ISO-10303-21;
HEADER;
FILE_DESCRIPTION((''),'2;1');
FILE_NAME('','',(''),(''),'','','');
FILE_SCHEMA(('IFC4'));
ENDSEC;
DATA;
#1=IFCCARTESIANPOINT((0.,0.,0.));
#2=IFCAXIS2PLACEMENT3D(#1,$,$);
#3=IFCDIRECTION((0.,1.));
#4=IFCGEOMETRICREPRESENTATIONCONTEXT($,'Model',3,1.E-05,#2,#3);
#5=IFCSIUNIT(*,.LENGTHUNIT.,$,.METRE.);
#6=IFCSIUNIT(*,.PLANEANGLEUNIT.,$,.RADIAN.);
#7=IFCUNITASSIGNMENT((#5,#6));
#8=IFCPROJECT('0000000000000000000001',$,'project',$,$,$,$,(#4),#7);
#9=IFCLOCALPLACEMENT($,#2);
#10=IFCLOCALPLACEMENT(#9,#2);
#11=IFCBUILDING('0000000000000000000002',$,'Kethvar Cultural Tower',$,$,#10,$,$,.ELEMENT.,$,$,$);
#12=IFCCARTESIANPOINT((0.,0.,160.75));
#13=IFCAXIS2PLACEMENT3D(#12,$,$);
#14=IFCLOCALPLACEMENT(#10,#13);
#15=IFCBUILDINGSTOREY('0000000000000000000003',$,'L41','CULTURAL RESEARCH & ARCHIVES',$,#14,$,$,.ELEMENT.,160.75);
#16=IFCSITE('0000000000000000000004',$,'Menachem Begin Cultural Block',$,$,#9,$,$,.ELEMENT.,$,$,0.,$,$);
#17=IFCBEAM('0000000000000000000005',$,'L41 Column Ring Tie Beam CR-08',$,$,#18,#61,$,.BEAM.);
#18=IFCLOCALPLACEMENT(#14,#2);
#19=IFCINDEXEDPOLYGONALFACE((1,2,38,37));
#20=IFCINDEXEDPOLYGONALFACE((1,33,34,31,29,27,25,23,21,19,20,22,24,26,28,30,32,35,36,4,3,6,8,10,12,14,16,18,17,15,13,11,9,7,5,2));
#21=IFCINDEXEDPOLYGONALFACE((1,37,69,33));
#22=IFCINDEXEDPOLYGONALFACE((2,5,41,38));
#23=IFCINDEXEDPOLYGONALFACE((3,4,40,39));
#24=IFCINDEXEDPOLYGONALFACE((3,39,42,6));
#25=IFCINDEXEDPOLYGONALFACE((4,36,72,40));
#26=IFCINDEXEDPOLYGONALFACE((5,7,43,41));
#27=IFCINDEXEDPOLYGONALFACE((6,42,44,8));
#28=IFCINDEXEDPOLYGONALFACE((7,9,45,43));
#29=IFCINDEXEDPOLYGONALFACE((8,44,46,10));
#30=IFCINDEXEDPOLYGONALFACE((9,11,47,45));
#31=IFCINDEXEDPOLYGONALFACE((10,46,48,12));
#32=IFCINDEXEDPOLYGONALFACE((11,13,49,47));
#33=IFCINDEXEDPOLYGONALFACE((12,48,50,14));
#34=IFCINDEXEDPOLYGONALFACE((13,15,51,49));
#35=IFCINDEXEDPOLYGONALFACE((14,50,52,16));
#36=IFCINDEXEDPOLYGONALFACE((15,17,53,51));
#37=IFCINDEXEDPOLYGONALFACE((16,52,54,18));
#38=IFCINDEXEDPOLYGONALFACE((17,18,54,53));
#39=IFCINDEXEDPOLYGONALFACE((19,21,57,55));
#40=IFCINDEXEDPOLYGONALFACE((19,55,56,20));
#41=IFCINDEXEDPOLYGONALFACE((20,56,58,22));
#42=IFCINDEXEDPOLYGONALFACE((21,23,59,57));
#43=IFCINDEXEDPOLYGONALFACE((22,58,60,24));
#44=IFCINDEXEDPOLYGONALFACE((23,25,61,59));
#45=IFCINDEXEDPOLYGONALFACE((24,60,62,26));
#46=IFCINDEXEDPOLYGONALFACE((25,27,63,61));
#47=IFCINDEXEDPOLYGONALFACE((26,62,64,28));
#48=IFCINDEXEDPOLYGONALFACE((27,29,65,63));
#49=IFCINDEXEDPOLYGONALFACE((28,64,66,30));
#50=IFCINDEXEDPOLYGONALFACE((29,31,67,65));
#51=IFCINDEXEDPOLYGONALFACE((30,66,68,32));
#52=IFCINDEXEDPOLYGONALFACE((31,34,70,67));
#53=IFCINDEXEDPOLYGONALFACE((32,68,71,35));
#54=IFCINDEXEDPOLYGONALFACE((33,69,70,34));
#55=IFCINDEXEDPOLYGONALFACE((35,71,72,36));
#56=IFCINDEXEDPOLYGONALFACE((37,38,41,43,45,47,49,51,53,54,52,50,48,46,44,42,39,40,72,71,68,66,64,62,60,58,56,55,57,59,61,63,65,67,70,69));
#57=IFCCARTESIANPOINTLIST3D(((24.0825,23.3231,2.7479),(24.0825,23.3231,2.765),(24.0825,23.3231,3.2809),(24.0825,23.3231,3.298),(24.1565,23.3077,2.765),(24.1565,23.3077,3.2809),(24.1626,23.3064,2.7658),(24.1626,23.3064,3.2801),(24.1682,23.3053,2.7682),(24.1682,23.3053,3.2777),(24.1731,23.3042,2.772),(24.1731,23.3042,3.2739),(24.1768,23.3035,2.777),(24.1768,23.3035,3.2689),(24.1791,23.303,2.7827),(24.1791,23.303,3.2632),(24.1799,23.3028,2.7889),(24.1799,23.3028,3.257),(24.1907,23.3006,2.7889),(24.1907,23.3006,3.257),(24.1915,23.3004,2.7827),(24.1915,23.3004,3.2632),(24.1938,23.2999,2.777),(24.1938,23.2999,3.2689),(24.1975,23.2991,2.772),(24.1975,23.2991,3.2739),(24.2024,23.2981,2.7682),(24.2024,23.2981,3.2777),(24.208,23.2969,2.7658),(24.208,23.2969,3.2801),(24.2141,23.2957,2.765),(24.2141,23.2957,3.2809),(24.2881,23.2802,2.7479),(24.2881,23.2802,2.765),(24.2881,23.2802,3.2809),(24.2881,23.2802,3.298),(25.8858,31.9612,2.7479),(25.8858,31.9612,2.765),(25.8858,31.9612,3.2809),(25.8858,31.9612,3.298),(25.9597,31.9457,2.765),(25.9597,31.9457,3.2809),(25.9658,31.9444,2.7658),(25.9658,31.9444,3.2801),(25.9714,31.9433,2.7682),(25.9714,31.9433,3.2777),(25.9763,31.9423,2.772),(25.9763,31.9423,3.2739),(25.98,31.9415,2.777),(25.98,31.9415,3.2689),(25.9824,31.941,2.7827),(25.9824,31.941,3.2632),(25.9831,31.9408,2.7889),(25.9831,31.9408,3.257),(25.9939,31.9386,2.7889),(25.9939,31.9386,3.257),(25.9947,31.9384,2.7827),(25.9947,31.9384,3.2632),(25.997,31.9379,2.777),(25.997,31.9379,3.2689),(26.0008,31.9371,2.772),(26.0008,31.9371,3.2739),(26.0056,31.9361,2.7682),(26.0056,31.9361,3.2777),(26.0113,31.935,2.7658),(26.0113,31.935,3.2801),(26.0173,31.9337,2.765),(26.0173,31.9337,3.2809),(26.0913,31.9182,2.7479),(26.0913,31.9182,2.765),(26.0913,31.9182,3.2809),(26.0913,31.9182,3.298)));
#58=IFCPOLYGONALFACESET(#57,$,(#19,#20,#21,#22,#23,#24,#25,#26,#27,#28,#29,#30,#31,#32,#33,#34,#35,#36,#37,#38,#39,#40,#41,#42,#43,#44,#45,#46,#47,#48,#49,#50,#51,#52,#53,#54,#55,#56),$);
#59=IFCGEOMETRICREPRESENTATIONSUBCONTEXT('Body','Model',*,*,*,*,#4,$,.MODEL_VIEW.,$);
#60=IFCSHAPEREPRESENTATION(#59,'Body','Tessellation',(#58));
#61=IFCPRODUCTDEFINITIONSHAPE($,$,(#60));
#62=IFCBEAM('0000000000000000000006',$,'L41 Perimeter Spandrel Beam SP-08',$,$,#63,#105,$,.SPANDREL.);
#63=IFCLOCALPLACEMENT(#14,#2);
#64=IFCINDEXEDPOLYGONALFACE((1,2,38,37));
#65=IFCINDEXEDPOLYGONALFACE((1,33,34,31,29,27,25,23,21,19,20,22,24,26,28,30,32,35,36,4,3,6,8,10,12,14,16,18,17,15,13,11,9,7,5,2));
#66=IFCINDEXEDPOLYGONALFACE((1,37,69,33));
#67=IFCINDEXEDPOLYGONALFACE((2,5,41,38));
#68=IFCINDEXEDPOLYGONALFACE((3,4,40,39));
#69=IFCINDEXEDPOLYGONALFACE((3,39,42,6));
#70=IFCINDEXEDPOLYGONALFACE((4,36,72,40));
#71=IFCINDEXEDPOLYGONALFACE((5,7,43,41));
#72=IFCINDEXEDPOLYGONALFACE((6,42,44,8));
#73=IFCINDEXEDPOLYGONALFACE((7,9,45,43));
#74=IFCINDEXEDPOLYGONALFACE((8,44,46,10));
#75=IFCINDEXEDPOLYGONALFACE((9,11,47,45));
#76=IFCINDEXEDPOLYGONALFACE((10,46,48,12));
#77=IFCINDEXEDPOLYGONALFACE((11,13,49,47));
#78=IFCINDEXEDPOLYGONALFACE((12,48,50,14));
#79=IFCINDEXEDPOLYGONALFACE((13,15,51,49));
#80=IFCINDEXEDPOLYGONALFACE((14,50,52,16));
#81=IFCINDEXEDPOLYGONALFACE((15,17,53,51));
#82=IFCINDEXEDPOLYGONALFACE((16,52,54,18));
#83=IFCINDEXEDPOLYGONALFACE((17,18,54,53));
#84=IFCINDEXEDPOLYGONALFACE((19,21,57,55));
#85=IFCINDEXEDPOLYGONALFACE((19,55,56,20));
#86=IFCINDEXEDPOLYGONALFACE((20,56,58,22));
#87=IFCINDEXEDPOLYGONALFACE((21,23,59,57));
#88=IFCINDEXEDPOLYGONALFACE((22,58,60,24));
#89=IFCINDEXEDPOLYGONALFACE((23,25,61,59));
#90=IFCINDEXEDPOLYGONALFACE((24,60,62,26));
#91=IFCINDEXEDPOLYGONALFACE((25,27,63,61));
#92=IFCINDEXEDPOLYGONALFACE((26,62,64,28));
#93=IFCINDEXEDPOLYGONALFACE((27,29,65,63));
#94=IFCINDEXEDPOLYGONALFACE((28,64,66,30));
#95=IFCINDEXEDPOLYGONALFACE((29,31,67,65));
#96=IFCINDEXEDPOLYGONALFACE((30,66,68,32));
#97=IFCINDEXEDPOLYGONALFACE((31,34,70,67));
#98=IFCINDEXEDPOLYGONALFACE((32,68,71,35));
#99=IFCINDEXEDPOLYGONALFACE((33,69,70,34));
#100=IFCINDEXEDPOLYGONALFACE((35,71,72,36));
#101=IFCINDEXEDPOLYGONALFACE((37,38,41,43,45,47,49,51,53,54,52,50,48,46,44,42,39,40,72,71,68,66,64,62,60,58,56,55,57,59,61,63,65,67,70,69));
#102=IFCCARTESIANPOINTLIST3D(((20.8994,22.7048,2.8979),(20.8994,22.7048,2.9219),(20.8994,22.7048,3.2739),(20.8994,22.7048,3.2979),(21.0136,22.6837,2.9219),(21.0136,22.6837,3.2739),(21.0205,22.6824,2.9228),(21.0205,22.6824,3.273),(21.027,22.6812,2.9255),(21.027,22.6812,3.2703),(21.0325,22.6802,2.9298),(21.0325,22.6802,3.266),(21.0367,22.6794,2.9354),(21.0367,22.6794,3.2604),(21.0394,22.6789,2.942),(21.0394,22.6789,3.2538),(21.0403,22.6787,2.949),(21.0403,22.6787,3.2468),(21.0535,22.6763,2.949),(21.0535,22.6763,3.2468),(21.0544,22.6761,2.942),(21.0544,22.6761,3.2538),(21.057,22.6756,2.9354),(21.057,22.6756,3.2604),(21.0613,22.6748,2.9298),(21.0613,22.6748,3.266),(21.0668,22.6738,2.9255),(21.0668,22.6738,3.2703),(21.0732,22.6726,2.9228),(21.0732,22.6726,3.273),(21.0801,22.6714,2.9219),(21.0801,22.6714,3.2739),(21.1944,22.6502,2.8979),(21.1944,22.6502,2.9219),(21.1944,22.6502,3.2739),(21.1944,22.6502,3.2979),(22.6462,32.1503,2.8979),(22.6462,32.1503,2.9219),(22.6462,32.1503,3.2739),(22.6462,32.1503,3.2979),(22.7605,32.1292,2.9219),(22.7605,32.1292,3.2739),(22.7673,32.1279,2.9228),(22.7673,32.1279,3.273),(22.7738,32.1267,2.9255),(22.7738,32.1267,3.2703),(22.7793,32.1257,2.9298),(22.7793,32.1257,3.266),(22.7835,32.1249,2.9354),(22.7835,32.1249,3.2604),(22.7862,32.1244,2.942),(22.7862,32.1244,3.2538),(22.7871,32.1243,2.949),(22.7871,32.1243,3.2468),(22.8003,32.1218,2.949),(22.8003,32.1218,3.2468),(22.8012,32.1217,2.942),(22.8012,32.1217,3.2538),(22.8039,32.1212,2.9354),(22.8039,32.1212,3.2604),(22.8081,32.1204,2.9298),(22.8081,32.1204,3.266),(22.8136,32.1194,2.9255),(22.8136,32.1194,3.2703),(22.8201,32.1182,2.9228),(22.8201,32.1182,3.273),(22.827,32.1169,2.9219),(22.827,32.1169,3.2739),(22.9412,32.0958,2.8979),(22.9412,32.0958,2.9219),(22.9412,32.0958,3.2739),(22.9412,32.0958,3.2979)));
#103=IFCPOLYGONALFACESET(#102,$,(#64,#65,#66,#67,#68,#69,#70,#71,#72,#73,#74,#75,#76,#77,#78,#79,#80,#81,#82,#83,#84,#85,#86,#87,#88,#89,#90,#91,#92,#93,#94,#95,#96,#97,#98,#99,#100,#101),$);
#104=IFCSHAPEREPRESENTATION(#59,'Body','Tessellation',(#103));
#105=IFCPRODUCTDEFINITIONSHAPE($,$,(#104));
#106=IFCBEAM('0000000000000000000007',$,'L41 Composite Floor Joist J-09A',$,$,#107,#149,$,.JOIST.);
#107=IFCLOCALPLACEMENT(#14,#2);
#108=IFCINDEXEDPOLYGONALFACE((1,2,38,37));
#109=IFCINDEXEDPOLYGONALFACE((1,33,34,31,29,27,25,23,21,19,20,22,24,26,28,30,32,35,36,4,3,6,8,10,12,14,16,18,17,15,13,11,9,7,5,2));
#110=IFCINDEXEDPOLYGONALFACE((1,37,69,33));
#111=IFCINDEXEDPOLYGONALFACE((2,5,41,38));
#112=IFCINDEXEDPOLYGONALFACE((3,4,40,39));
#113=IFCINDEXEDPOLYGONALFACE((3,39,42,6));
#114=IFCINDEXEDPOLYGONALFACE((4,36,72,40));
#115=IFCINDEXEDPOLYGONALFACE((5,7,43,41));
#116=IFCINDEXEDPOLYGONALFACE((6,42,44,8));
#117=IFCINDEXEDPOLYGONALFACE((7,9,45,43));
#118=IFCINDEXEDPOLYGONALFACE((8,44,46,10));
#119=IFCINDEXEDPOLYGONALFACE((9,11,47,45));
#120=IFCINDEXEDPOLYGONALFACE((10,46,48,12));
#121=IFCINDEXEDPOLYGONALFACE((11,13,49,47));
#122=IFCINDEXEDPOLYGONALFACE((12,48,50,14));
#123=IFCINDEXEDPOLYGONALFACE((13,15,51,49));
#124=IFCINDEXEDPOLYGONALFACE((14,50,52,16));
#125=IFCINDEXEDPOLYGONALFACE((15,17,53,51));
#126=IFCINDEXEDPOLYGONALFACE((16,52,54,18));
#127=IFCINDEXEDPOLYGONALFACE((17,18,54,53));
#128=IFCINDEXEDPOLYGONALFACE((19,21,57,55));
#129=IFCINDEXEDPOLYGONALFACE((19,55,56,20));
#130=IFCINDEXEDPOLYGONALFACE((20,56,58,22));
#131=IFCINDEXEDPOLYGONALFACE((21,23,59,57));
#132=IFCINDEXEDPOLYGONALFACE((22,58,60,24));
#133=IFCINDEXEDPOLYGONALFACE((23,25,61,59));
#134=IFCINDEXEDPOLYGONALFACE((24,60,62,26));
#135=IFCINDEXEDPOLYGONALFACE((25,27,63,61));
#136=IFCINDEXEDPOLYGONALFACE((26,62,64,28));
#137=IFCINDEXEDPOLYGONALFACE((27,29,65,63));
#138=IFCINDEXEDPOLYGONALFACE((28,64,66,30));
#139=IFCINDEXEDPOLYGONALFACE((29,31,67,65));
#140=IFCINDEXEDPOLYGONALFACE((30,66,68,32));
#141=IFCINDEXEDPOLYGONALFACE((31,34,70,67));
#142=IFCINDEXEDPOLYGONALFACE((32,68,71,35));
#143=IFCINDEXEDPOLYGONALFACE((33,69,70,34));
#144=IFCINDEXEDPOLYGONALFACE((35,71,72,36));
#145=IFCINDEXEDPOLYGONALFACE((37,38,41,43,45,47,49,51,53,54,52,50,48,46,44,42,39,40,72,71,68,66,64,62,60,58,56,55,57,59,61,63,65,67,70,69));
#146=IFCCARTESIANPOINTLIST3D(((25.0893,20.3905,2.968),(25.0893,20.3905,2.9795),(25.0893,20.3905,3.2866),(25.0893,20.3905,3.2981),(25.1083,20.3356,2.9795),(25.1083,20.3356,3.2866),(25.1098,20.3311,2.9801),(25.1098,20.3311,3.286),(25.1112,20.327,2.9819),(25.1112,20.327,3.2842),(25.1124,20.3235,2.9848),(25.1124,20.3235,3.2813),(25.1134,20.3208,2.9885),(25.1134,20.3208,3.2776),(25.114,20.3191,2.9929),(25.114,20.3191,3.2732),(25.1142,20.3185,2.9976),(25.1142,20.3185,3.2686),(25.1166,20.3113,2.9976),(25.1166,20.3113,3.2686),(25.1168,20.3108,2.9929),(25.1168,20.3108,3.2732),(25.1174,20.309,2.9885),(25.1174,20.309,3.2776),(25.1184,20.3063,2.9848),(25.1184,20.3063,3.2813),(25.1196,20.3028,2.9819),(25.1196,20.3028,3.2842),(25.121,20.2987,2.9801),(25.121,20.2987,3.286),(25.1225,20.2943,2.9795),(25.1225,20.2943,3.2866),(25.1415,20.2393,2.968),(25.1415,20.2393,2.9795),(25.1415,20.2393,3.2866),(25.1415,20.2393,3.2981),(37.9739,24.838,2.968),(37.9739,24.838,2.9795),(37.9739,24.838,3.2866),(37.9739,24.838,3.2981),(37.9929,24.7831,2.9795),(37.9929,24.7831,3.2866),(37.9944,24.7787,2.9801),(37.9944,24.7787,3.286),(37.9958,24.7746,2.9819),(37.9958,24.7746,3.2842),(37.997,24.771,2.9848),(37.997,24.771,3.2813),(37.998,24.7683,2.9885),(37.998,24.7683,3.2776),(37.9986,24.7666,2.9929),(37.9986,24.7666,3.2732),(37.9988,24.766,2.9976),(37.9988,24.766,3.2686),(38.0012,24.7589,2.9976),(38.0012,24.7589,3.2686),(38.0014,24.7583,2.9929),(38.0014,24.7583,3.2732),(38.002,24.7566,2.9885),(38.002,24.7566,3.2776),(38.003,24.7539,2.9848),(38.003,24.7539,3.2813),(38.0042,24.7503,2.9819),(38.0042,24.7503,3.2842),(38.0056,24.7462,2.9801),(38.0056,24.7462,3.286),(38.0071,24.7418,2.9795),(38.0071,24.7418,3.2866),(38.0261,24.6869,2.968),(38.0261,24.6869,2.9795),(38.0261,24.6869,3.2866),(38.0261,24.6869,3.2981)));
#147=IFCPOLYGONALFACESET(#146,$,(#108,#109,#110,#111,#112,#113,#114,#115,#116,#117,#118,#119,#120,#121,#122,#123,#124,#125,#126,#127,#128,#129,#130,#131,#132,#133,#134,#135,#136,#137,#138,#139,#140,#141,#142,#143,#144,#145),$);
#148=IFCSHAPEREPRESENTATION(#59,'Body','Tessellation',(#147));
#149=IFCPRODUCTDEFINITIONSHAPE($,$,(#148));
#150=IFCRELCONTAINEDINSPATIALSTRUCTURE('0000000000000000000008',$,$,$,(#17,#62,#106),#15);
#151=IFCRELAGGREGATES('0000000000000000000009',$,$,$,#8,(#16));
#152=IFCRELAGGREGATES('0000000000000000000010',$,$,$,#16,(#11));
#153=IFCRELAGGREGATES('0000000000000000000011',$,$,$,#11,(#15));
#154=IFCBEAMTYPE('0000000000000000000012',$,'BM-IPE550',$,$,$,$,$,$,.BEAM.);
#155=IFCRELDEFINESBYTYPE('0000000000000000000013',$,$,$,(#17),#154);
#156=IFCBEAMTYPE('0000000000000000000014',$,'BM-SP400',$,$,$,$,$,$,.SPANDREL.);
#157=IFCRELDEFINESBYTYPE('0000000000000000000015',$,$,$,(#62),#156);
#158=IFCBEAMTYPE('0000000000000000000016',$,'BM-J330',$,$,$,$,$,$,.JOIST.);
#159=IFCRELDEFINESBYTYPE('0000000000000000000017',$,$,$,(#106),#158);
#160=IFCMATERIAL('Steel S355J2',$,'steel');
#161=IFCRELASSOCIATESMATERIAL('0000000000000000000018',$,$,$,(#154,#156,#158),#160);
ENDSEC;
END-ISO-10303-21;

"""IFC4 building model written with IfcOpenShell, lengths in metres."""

from ifc_helpers import new_model, si_unit, direction, frame, origin, origin_2d, place, context, subcontext, project, spatial, i_section, extrude, source, transform, mapped, material, material_profile, profile_set, type_object, element, save


model = new_model("IFC4")

# Units and contexts
model_context = context("Model", 3, precision=1e-05, world=origin(), true_north=direction((0.0, 1.0)))
body_context = subcontext(model_context, "Body", "Model", "MODEL_VIEW")
ifc_project = project(units=[si_unit("LENGTHUNIT", "METRE"), si_unit("PLANEANGLEUNIT", "RADIAN")], contexts=[model_context])

# Site, building, storey
site_placement = place(None, origin())
site = spatial("IfcSite", under=ifc_project, at=site_placement, Name="Menachem Begin Cultural Block", CompositionType="ELEMENT", RefElevation=0.0)
building_placement = place(site_placement, origin())
building = spatial("IfcBuilding", under=site, at=building_placement, Name="Kethvar Cultural Tower", CompositionType="ELEMENT")
storey_placement = place(building_placement, frame((0.0, 0.0, 160.75)))
storey = spatial("IfcBuildingStorey", under=building, at=storey_placement, Name="L41", Description="CULTURAL RESEARCH & ARCHIVES", CompositionType="ELEMENT", Elevation=160.75)

# Beams
ifc_material_1 = material(Name="Steel S355J2", Category="steel")
ifc_material_profile_1 = material_profile(ifc_material_1, i_section(OverallWidth=0.21, OverallDepth=0.55, WebThickness=0.011, FlangeThickness=0.0171, FilletRadius=0.0239, at=origin_2d()), Name="Steel S355J2 — IPE550")
ifc_profile_set_1 = profile_set([ifc_material_profile_1], Name="Steel S355J2 — IPE550")
beam_type_1 = type_object("IfcBeamType", Name="BM-IPE550", PredefinedType="BEAM", material=ifc_profile_set_1)
shared_shape_1 = source(origin(), body_context, "Body", "SweptSolid", [
    extrude(i_section(OverallWidth=0.21, OverallDepth=0.55, WebThickness=0.011, FlangeThickness=0.0171, FilletRadius=0.0239, at=origin_2d()), origin(), (0.0, 0.0, 1.0), 8.8242),
])
beam_1_placement = place(storey_placement, frame((25.9885, 31.9397, 3.0229), z_axis=(-0.204351, -0.978898, 0.0), x_axis=(0.978898, -0.204351, 0.0)))
element("IfcBeam", 1, at=beam_1_placement, inside=storey, type_object=beam_type_1, Name="L41 Column Ring Tie Beam CR-08", PredefinedType="BEAM", context=body_context, shape_type="MappedRepresentation", body=[
    mapped(shared_shape_1, transform((0.0, 0.0, 0.0), scale=1.0)),
])
ifc_material_profile_2 = material_profile(ifc_material_1, i_section(OverallWidth=0.3, OverallDepth=0.3999, WebThickness=0.0134, FlangeThickness=0.0239, FilletRadius=0.0271, at=origin_2d()), Name="Steel S355J2 — HEB400")
ifc_profile_set_2 = profile_set([ifc_material_profile_2], Name="Steel S355J2 — HEB400")
beam_type_2 = type_object("IfcBeamType", Name="BM-SP400", PredefinedType="SPANDREL", material=ifc_profile_set_2)
shared_shape_2 = source(origin(), body_context, "Body", "SweptSolid", [
    extrude(i_section(OverallWidth=0.3, OverallDepth=0.3999, WebThickness=0.0134, FlangeThickness=0.0239, FilletRadius=0.0271, at=origin_2d()), origin(), (0.0, 0.0, 1.0), 9.6057),
])
beam_2_placement = place(storey_placement, frame((22.7937, 32.123, 3.0979), z_axis=(-0.181853, -0.983326, 0.0), x_axis=(0.983326, -0.181853, 0.0)))
element("IfcBeam", 2, at=beam_2_placement, inside=storey, type_object=beam_type_2, Name="L41 Perimeter Spandrel Beam SP-08", PredefinedType="SPANDREL", context=body_context, shape_type="MappedRepresentation", body=[
    mapped(shared_shape_2, transform((0.0, 0.0, 0.0), scale=1.0)),
])
ifc_material_profile_3 = material_profile(ifc_material_1, i_section(OverallWidth=0.1599, OverallDepth=0.3301, WebThickness=0.0076, FlangeThickness=0.0115, FilletRadius=0.0181, at=origin_2d()), Name="Steel S355J2 — IPE330")
ifc_profile_set_3 = profile_set([ifc_material_profile_3], Name="Steel S355J2 — IPE330")
beam_type_3 = type_object("IfcBeamType", Name="BM-J330", PredefinedType="JOIST", material=ifc_profile_set_3)
shared_shape_3 = source(origin(), body_context, "Body", "SweptSolid", [
    extrude(i_section(OverallWidth=0.1599, OverallDepth=0.3301, WebThickness=0.0076, FlangeThickness=0.0115, FilletRadius=0.0181, at=origin_2d()), origin(), (0.0, 0.0, 1.0), 13.6306),
])
beam_3_placement = place(storey_placement, frame((38.0, 24.7625, 3.1331), z_axis=(-0.94527, -0.32629, 0.0), x_axis=(0.32629, -0.94527, 0.0)))
element("IfcBeam", 3, at=beam_3_placement, inside=storey, type_object=beam_type_3, Name="L41 Composite Floor Joist J-09A", PredefinedType="JOIST", context=body_context, shape_type="MappedRepresentation", body=[
    mapped(shared_shape_3, transform((0.0, 0.0, 0.0), scale=1.0)),
])

save(model, "model.ifc")
